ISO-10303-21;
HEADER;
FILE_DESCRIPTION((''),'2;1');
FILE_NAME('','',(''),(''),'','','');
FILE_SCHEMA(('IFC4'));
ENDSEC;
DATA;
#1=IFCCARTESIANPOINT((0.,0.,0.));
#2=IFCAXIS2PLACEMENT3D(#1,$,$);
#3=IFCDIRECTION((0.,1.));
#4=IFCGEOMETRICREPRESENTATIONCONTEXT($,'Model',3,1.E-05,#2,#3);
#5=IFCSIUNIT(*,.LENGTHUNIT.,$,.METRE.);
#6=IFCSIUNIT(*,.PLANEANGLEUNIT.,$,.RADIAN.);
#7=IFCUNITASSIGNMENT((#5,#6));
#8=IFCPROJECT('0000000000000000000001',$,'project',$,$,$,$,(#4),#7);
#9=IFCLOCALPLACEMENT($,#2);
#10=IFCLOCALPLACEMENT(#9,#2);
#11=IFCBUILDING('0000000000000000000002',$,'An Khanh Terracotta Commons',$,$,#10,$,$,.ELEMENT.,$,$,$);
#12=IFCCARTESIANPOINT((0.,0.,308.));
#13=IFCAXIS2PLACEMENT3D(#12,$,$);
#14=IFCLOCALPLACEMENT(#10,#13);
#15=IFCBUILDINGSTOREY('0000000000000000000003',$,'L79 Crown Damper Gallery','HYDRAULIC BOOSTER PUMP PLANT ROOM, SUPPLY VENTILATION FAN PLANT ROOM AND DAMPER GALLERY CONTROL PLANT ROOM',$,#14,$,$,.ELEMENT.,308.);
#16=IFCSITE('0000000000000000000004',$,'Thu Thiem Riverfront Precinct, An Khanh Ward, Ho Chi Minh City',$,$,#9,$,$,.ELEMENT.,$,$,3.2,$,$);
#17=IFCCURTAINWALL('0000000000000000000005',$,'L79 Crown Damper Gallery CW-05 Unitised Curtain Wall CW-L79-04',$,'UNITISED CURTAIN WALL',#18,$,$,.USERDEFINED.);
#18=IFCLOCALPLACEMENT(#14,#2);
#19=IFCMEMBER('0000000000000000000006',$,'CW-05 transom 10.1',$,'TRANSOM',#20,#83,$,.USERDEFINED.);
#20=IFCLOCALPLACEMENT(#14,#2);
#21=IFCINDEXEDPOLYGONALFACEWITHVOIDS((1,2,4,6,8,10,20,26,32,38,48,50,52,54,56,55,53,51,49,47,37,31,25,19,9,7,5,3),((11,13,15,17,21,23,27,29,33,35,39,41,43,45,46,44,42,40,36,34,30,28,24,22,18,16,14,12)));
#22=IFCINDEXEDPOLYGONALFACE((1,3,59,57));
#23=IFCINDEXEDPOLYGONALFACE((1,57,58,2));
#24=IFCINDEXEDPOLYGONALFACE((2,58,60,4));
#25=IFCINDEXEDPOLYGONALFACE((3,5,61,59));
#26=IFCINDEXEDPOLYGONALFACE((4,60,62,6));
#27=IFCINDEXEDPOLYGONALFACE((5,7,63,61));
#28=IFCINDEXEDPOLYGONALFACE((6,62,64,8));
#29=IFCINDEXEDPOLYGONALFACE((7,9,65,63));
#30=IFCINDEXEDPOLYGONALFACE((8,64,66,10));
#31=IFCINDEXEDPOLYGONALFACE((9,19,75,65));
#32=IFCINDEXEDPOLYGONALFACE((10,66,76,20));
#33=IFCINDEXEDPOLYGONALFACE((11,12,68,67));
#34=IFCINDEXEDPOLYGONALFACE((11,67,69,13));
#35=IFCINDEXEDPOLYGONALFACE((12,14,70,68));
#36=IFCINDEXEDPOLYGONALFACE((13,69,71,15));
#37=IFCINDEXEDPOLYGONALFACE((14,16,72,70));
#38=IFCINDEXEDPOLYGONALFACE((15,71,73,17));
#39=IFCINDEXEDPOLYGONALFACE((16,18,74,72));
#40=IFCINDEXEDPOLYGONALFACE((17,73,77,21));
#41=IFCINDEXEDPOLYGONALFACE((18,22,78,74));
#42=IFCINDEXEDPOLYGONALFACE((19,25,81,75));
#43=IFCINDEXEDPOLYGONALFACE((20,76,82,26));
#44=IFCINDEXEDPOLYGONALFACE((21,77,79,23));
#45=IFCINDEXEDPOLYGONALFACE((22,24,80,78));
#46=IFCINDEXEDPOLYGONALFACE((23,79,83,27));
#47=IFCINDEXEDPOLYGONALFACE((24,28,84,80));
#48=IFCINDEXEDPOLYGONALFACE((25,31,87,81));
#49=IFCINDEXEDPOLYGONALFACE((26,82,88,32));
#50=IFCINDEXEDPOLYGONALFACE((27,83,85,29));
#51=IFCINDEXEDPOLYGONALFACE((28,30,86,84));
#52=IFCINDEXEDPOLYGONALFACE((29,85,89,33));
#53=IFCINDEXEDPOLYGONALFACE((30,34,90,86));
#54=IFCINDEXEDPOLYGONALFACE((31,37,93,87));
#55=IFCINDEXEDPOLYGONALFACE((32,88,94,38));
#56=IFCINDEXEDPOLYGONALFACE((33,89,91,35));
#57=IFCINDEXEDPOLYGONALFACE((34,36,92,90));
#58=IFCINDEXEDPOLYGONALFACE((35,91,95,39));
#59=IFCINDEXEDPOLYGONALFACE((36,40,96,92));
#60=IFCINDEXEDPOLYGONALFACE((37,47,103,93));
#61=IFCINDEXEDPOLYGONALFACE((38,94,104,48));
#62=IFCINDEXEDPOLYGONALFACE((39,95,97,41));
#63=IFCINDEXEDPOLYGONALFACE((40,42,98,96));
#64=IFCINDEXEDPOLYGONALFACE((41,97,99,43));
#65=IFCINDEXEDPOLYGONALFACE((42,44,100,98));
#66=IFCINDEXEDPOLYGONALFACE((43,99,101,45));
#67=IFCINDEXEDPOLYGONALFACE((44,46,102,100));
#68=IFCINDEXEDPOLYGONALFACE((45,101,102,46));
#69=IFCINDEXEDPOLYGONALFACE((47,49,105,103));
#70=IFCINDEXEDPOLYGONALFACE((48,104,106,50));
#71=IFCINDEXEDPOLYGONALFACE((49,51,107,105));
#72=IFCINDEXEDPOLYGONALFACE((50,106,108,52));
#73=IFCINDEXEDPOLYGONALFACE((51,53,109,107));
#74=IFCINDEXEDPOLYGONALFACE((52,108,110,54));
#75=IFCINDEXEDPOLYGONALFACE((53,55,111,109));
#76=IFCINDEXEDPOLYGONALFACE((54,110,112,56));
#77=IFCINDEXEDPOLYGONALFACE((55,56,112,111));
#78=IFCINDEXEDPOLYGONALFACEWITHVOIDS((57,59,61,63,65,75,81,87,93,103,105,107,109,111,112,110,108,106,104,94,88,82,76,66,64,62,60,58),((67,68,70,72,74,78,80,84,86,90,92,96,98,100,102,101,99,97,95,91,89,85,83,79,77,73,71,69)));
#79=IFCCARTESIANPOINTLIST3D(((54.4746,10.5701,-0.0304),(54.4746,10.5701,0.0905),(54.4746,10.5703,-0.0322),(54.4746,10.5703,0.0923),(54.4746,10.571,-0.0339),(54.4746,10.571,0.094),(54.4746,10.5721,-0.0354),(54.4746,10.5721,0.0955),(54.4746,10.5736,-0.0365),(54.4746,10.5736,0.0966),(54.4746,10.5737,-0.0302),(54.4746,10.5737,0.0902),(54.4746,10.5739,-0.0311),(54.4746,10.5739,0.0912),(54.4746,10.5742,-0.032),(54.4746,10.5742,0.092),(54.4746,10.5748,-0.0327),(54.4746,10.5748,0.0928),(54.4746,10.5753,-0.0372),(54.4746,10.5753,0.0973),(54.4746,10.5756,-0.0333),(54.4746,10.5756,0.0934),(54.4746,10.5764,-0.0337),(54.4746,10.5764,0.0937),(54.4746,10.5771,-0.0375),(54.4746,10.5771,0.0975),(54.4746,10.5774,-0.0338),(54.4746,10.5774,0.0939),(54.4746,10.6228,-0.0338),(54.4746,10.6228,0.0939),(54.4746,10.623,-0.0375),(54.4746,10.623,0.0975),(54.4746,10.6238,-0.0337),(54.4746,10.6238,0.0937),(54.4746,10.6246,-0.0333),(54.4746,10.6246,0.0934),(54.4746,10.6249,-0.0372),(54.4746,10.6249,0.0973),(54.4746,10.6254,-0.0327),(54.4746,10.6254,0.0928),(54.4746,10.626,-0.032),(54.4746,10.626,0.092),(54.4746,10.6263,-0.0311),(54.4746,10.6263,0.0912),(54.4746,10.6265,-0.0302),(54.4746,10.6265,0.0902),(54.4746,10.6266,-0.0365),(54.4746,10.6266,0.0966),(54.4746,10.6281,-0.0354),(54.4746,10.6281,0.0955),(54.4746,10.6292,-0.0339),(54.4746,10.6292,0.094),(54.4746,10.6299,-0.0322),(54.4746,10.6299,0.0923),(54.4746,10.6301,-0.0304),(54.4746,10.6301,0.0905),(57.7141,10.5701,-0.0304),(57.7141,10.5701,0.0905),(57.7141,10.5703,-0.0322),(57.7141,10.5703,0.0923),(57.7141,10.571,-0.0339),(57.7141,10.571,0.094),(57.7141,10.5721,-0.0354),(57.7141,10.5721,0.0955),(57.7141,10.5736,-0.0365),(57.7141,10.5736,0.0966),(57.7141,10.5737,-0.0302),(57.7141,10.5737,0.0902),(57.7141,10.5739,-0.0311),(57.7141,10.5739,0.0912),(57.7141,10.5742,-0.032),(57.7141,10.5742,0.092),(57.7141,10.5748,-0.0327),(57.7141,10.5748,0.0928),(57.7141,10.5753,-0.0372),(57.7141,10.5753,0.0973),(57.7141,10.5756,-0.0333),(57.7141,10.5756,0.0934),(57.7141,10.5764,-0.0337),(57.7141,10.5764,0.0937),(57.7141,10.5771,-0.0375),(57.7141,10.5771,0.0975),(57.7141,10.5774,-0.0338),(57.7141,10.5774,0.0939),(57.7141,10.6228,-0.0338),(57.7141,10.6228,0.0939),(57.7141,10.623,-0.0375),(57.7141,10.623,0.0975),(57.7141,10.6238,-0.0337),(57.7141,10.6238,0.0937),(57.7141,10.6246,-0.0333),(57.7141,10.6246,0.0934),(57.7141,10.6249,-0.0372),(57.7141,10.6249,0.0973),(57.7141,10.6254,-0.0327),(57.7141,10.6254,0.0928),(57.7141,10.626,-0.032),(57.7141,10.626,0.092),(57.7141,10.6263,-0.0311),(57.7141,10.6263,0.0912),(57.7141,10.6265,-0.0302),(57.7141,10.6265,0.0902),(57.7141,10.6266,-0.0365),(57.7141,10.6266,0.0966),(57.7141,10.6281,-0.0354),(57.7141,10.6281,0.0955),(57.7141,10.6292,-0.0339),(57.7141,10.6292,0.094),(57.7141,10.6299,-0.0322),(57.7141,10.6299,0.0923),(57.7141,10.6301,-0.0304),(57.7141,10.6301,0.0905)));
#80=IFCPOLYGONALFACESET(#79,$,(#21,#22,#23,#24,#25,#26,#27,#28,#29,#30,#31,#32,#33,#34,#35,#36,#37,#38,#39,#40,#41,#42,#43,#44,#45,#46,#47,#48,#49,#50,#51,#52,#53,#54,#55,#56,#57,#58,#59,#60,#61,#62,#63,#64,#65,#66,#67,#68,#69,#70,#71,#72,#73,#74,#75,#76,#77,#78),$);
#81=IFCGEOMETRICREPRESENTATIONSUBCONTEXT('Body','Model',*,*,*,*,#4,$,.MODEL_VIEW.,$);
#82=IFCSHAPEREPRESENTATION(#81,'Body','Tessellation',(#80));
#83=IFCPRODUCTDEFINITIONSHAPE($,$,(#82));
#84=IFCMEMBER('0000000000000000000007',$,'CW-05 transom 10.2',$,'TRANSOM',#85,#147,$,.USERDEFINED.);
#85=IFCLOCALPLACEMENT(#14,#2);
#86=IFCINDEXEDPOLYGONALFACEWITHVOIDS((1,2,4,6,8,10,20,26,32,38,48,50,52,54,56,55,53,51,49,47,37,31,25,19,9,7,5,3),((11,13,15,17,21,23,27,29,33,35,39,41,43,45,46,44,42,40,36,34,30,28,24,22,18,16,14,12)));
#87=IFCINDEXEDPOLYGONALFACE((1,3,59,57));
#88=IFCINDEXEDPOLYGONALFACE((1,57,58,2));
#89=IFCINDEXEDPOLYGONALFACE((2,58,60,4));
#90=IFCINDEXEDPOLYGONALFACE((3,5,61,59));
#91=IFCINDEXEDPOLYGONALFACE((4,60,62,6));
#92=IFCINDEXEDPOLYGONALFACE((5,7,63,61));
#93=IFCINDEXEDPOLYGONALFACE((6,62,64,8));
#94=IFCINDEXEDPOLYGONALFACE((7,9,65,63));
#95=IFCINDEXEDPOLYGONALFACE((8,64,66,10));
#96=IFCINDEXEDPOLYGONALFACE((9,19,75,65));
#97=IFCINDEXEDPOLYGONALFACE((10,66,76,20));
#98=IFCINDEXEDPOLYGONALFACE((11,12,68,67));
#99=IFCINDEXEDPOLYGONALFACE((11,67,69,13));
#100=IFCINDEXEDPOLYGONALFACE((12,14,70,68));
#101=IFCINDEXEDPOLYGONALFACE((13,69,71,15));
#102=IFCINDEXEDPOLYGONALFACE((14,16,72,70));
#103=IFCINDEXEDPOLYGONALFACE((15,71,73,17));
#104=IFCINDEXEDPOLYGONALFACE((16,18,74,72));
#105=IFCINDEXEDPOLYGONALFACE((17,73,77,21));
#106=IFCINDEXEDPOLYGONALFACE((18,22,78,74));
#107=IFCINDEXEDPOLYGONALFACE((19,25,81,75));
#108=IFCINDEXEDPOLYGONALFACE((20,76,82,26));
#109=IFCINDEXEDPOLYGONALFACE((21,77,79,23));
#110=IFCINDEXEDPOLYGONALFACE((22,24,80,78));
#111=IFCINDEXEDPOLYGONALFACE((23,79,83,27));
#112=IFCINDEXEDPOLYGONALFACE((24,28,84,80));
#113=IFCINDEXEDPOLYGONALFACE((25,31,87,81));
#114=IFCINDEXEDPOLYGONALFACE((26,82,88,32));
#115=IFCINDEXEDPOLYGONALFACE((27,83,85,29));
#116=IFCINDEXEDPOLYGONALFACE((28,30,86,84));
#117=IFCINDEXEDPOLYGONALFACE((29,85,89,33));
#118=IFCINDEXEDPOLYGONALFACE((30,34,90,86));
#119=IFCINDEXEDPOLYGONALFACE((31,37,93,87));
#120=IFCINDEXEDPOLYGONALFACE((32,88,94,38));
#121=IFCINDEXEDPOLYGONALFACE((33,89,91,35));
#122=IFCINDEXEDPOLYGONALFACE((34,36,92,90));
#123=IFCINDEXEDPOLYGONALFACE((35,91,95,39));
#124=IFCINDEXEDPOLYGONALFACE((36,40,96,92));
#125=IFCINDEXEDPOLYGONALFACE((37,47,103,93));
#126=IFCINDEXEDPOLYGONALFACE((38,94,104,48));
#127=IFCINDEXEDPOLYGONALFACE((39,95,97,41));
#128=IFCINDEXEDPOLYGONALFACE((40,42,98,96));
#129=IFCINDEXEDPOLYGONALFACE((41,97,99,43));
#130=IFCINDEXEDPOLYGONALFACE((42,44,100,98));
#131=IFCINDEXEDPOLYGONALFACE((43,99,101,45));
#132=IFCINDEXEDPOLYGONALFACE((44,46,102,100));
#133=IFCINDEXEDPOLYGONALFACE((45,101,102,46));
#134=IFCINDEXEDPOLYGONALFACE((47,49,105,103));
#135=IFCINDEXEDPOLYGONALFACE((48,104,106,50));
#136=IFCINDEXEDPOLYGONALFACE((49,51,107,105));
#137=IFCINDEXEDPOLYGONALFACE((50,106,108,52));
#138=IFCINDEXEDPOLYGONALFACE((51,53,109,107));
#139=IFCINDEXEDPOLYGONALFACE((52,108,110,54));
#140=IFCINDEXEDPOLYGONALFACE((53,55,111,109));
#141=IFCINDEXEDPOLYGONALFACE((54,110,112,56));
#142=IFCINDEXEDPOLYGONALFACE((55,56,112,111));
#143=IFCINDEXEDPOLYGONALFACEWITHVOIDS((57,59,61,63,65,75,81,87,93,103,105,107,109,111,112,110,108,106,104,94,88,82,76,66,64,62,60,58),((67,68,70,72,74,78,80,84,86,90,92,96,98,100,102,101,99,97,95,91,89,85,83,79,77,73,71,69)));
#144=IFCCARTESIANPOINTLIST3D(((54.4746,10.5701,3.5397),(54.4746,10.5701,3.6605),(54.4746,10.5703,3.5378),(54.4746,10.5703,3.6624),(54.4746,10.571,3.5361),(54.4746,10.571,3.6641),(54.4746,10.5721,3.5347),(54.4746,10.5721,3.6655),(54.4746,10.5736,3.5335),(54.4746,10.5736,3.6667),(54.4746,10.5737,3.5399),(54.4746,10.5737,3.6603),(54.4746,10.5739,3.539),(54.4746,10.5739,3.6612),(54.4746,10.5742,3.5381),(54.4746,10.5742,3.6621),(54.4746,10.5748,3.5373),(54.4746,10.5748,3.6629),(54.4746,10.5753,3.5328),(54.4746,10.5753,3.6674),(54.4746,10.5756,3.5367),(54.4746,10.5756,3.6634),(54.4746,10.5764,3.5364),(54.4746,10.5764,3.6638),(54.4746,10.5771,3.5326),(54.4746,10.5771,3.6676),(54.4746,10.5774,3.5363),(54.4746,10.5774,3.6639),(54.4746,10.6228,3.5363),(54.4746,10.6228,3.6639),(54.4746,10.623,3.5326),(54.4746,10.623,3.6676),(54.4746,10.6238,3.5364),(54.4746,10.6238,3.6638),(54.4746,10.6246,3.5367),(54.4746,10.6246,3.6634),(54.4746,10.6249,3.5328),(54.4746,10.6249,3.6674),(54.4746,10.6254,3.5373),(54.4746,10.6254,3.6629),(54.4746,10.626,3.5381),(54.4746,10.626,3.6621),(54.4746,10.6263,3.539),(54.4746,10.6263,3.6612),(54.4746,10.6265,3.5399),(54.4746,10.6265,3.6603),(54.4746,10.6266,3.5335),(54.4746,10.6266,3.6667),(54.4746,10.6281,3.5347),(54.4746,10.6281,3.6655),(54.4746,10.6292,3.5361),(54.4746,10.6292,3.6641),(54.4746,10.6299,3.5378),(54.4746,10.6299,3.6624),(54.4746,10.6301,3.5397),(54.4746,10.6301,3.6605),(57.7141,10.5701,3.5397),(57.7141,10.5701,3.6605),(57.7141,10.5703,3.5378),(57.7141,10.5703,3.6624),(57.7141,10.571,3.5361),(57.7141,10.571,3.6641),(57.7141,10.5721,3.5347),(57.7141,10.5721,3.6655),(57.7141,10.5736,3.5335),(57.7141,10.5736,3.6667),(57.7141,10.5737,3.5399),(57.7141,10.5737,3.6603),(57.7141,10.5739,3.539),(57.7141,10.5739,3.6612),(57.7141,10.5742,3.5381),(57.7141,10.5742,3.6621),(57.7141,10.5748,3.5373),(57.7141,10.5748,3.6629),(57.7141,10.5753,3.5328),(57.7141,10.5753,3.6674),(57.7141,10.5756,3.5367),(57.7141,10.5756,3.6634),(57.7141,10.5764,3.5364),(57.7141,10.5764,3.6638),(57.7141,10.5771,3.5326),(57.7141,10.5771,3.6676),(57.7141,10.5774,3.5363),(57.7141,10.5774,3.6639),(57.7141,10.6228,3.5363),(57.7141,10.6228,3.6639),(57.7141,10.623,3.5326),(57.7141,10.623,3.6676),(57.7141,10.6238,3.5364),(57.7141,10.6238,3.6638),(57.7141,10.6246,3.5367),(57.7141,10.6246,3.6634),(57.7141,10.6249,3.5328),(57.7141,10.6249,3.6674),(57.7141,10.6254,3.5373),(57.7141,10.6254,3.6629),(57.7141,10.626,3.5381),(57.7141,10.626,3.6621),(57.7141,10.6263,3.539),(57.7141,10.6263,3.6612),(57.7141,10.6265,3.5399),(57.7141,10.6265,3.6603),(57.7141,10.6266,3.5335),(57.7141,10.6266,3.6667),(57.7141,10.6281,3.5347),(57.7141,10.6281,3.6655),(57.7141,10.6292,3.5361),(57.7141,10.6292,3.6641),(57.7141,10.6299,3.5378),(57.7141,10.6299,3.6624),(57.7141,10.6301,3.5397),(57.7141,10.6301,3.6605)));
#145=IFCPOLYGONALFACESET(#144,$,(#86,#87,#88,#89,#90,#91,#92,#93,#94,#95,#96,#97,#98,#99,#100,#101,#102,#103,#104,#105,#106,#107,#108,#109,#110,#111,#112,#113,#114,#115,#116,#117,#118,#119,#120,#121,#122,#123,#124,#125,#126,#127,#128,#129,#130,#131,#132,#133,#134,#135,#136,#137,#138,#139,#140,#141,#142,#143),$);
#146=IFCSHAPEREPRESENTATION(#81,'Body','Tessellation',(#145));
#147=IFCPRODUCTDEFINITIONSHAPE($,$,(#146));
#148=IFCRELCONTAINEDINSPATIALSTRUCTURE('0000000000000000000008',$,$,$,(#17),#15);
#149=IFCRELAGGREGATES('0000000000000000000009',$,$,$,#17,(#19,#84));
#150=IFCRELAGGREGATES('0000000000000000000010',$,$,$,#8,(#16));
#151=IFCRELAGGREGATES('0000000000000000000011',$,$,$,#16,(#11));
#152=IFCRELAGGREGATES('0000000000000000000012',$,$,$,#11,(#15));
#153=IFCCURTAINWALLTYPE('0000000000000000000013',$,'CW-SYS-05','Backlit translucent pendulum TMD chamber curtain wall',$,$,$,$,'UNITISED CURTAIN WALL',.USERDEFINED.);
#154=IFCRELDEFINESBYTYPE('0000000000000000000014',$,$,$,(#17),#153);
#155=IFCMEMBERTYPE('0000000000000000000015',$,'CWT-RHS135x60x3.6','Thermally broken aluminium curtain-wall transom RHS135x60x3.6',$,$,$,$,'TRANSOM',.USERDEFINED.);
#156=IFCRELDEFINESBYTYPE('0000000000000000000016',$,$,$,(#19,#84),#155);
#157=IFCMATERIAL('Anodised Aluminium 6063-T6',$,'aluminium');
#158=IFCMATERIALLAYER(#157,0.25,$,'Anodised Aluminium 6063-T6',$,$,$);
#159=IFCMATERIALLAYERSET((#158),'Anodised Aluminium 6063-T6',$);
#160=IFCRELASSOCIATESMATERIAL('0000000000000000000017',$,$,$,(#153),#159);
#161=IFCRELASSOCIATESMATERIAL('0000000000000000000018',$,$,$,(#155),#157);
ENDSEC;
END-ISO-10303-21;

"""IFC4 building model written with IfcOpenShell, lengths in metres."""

from ifc_helpers import new_model, si_unit, direction, frame, origin, origin_2d, place, context, subcontext, project, spatial, hollow_rectangle, extrude, material, layer, layer_set, material_profile, profile_set, type_object, element, aggregate, save


model = new_model("IFC4")

# Units and contexts
model_context = context("Model", 3, precision=1e-05, world=origin(), true_north=direction((0.0, 1.0)))
body_context = subcontext(model_context, "Body", "Model", "MODEL_VIEW")
ifc_project = project(units=[si_unit("LENGTHUNIT", "METRE"), si_unit("PLANEANGLEUNIT", "RADIAN")], contexts=[model_context])

# Site, building, storey
site_placement = place(None, origin())
site = spatial("IfcSite", under=ifc_project, at=site_placement, Name="Thu Thiem Riverfront Precinct, An Khanh Ward, Ho Chi Minh City", CompositionType="ELEMENT", RefElevation=3.2)
building_placement = place(site_placement, origin())
building = spatial("IfcBuilding", under=site, at=building_placement, Name="An Khanh Terracotta Commons", CompositionType="ELEMENT")
storey_placement = place(building_placement, frame((0.0, 0.0, 308.0)))
storey = spatial("IfcBuildingStorey", under=building, at=storey_placement, Name="L79 Crown Damper Gallery", Description="HYDRAULIC BOOSTER PUMP PLANT ROOM, SUPPLY VENTILATION FAN PLANT ROOM AND DAMPER GALLERY CONTROL PLANT ROOM", CompositionType="ELEMENT", Elevation=308.0)

# Curtain wall, members
ifc_material_1 = material(Name="Anodised Aluminium 6063-T6", Category="aluminium")
ifc_layer_1 = layer(ifc_material_1, 0.25, Name="Anodised Aluminium 6063-T6")
ifc_layer_set_1 = layer_set([ifc_layer_1], Name="Anodised Aluminium 6063-T6")
curtain_wall_type = type_object("IfcCurtainWallType", Name="CW-SYS-05", Description="Backlit translucent pendulum TMD chamber curtain wall", ElementType="UNITISED CURTAIN WALL", PredefinedType="USERDEFINED", material=ifc_layer_set_1)
curtain_wall_placement = place(storey_placement, origin())
curtain_wall = element("IfcCurtainWall", 1, at=curtain_wall_placement, inside=storey, type_object=curtain_wall_type, Name="L79 Crown Damper Gallery CW-05 Unitised Curtain Wall CW-L79-04", ObjectType="UNITISED CURTAIN WALL", PredefinedType="USERDEFINED")
ifc_material_profile_1 = material_profile(ifc_material_1, hollow_rectangle(XDim=0.0601, YDim=0.135, WallThickness=0.0037, InnerFilletRadius=0.0037, OuterFilletRadius=0.0071, at=origin_2d()), Name="RHS135x60x3.6")
ifc_profile_set_1 = profile_set([ifc_material_profile_1], Name="Anodised Aluminium 6063-T6")
member_type_1 = type_object("IfcMemberType", Name="CWT-RHS135x60x3.6", Description="Thermally broken aluminium curtain-wall transom RHS135x60x3.6", ElementType="TRANSOM", PredefinedType="USERDEFINED", material=ifc_profile_set_1)
member_1_placement = place(storey_placement, frame((54.4746, 10.6001, 0.03), z_axis=(1.0, 0.0, 0.0), x_axis=(0.0, 1.0, 0.0)))
member_1 = element("IfcMember", 2, at=member_1_placement, type_object=member_type_1, Name="CW-05 transom 10.1", ObjectType="TRANSOM", PredefinedType="USERDEFINED", context=body_context, shape_type="SweptSolid", body=[
    extrude(hollow_rectangle(XDim=0.0601, YDim=0.135, WallThickness=0.0037, InnerFilletRadius=0.0037, OuterFilletRadius=0.0071, at=origin_2d()), origin(), (0.0, 0.0, 1.0), 3.2395),
])
member_2_placement = place(storey_placement, frame((54.4746, 10.6001, 3.6001), z_axis=(1.0, 0.0, 0.0), x_axis=(0.0, 1.0, 0.0)))
member_2 = element("IfcMember", 3, at=member_2_placement, type_object=member_type_1, Name="CW-05 transom 10.2", ObjectType="TRANSOM", PredefinedType="USERDEFINED", context=body_context, shape_type="SweptSolid", body=[
    extrude(hollow_rectangle(XDim=0.0601, YDim=0.135, WallThickness=0.0037, InnerFilletRadius=0.0037, OuterFilletRadius=0.0071, at=origin_2d()), origin(), (0.0, 0.0, 1.0), 3.2395),
])

aggregate(curtain_wall, [member_1, member_2])

save(model, "model.ifc")
